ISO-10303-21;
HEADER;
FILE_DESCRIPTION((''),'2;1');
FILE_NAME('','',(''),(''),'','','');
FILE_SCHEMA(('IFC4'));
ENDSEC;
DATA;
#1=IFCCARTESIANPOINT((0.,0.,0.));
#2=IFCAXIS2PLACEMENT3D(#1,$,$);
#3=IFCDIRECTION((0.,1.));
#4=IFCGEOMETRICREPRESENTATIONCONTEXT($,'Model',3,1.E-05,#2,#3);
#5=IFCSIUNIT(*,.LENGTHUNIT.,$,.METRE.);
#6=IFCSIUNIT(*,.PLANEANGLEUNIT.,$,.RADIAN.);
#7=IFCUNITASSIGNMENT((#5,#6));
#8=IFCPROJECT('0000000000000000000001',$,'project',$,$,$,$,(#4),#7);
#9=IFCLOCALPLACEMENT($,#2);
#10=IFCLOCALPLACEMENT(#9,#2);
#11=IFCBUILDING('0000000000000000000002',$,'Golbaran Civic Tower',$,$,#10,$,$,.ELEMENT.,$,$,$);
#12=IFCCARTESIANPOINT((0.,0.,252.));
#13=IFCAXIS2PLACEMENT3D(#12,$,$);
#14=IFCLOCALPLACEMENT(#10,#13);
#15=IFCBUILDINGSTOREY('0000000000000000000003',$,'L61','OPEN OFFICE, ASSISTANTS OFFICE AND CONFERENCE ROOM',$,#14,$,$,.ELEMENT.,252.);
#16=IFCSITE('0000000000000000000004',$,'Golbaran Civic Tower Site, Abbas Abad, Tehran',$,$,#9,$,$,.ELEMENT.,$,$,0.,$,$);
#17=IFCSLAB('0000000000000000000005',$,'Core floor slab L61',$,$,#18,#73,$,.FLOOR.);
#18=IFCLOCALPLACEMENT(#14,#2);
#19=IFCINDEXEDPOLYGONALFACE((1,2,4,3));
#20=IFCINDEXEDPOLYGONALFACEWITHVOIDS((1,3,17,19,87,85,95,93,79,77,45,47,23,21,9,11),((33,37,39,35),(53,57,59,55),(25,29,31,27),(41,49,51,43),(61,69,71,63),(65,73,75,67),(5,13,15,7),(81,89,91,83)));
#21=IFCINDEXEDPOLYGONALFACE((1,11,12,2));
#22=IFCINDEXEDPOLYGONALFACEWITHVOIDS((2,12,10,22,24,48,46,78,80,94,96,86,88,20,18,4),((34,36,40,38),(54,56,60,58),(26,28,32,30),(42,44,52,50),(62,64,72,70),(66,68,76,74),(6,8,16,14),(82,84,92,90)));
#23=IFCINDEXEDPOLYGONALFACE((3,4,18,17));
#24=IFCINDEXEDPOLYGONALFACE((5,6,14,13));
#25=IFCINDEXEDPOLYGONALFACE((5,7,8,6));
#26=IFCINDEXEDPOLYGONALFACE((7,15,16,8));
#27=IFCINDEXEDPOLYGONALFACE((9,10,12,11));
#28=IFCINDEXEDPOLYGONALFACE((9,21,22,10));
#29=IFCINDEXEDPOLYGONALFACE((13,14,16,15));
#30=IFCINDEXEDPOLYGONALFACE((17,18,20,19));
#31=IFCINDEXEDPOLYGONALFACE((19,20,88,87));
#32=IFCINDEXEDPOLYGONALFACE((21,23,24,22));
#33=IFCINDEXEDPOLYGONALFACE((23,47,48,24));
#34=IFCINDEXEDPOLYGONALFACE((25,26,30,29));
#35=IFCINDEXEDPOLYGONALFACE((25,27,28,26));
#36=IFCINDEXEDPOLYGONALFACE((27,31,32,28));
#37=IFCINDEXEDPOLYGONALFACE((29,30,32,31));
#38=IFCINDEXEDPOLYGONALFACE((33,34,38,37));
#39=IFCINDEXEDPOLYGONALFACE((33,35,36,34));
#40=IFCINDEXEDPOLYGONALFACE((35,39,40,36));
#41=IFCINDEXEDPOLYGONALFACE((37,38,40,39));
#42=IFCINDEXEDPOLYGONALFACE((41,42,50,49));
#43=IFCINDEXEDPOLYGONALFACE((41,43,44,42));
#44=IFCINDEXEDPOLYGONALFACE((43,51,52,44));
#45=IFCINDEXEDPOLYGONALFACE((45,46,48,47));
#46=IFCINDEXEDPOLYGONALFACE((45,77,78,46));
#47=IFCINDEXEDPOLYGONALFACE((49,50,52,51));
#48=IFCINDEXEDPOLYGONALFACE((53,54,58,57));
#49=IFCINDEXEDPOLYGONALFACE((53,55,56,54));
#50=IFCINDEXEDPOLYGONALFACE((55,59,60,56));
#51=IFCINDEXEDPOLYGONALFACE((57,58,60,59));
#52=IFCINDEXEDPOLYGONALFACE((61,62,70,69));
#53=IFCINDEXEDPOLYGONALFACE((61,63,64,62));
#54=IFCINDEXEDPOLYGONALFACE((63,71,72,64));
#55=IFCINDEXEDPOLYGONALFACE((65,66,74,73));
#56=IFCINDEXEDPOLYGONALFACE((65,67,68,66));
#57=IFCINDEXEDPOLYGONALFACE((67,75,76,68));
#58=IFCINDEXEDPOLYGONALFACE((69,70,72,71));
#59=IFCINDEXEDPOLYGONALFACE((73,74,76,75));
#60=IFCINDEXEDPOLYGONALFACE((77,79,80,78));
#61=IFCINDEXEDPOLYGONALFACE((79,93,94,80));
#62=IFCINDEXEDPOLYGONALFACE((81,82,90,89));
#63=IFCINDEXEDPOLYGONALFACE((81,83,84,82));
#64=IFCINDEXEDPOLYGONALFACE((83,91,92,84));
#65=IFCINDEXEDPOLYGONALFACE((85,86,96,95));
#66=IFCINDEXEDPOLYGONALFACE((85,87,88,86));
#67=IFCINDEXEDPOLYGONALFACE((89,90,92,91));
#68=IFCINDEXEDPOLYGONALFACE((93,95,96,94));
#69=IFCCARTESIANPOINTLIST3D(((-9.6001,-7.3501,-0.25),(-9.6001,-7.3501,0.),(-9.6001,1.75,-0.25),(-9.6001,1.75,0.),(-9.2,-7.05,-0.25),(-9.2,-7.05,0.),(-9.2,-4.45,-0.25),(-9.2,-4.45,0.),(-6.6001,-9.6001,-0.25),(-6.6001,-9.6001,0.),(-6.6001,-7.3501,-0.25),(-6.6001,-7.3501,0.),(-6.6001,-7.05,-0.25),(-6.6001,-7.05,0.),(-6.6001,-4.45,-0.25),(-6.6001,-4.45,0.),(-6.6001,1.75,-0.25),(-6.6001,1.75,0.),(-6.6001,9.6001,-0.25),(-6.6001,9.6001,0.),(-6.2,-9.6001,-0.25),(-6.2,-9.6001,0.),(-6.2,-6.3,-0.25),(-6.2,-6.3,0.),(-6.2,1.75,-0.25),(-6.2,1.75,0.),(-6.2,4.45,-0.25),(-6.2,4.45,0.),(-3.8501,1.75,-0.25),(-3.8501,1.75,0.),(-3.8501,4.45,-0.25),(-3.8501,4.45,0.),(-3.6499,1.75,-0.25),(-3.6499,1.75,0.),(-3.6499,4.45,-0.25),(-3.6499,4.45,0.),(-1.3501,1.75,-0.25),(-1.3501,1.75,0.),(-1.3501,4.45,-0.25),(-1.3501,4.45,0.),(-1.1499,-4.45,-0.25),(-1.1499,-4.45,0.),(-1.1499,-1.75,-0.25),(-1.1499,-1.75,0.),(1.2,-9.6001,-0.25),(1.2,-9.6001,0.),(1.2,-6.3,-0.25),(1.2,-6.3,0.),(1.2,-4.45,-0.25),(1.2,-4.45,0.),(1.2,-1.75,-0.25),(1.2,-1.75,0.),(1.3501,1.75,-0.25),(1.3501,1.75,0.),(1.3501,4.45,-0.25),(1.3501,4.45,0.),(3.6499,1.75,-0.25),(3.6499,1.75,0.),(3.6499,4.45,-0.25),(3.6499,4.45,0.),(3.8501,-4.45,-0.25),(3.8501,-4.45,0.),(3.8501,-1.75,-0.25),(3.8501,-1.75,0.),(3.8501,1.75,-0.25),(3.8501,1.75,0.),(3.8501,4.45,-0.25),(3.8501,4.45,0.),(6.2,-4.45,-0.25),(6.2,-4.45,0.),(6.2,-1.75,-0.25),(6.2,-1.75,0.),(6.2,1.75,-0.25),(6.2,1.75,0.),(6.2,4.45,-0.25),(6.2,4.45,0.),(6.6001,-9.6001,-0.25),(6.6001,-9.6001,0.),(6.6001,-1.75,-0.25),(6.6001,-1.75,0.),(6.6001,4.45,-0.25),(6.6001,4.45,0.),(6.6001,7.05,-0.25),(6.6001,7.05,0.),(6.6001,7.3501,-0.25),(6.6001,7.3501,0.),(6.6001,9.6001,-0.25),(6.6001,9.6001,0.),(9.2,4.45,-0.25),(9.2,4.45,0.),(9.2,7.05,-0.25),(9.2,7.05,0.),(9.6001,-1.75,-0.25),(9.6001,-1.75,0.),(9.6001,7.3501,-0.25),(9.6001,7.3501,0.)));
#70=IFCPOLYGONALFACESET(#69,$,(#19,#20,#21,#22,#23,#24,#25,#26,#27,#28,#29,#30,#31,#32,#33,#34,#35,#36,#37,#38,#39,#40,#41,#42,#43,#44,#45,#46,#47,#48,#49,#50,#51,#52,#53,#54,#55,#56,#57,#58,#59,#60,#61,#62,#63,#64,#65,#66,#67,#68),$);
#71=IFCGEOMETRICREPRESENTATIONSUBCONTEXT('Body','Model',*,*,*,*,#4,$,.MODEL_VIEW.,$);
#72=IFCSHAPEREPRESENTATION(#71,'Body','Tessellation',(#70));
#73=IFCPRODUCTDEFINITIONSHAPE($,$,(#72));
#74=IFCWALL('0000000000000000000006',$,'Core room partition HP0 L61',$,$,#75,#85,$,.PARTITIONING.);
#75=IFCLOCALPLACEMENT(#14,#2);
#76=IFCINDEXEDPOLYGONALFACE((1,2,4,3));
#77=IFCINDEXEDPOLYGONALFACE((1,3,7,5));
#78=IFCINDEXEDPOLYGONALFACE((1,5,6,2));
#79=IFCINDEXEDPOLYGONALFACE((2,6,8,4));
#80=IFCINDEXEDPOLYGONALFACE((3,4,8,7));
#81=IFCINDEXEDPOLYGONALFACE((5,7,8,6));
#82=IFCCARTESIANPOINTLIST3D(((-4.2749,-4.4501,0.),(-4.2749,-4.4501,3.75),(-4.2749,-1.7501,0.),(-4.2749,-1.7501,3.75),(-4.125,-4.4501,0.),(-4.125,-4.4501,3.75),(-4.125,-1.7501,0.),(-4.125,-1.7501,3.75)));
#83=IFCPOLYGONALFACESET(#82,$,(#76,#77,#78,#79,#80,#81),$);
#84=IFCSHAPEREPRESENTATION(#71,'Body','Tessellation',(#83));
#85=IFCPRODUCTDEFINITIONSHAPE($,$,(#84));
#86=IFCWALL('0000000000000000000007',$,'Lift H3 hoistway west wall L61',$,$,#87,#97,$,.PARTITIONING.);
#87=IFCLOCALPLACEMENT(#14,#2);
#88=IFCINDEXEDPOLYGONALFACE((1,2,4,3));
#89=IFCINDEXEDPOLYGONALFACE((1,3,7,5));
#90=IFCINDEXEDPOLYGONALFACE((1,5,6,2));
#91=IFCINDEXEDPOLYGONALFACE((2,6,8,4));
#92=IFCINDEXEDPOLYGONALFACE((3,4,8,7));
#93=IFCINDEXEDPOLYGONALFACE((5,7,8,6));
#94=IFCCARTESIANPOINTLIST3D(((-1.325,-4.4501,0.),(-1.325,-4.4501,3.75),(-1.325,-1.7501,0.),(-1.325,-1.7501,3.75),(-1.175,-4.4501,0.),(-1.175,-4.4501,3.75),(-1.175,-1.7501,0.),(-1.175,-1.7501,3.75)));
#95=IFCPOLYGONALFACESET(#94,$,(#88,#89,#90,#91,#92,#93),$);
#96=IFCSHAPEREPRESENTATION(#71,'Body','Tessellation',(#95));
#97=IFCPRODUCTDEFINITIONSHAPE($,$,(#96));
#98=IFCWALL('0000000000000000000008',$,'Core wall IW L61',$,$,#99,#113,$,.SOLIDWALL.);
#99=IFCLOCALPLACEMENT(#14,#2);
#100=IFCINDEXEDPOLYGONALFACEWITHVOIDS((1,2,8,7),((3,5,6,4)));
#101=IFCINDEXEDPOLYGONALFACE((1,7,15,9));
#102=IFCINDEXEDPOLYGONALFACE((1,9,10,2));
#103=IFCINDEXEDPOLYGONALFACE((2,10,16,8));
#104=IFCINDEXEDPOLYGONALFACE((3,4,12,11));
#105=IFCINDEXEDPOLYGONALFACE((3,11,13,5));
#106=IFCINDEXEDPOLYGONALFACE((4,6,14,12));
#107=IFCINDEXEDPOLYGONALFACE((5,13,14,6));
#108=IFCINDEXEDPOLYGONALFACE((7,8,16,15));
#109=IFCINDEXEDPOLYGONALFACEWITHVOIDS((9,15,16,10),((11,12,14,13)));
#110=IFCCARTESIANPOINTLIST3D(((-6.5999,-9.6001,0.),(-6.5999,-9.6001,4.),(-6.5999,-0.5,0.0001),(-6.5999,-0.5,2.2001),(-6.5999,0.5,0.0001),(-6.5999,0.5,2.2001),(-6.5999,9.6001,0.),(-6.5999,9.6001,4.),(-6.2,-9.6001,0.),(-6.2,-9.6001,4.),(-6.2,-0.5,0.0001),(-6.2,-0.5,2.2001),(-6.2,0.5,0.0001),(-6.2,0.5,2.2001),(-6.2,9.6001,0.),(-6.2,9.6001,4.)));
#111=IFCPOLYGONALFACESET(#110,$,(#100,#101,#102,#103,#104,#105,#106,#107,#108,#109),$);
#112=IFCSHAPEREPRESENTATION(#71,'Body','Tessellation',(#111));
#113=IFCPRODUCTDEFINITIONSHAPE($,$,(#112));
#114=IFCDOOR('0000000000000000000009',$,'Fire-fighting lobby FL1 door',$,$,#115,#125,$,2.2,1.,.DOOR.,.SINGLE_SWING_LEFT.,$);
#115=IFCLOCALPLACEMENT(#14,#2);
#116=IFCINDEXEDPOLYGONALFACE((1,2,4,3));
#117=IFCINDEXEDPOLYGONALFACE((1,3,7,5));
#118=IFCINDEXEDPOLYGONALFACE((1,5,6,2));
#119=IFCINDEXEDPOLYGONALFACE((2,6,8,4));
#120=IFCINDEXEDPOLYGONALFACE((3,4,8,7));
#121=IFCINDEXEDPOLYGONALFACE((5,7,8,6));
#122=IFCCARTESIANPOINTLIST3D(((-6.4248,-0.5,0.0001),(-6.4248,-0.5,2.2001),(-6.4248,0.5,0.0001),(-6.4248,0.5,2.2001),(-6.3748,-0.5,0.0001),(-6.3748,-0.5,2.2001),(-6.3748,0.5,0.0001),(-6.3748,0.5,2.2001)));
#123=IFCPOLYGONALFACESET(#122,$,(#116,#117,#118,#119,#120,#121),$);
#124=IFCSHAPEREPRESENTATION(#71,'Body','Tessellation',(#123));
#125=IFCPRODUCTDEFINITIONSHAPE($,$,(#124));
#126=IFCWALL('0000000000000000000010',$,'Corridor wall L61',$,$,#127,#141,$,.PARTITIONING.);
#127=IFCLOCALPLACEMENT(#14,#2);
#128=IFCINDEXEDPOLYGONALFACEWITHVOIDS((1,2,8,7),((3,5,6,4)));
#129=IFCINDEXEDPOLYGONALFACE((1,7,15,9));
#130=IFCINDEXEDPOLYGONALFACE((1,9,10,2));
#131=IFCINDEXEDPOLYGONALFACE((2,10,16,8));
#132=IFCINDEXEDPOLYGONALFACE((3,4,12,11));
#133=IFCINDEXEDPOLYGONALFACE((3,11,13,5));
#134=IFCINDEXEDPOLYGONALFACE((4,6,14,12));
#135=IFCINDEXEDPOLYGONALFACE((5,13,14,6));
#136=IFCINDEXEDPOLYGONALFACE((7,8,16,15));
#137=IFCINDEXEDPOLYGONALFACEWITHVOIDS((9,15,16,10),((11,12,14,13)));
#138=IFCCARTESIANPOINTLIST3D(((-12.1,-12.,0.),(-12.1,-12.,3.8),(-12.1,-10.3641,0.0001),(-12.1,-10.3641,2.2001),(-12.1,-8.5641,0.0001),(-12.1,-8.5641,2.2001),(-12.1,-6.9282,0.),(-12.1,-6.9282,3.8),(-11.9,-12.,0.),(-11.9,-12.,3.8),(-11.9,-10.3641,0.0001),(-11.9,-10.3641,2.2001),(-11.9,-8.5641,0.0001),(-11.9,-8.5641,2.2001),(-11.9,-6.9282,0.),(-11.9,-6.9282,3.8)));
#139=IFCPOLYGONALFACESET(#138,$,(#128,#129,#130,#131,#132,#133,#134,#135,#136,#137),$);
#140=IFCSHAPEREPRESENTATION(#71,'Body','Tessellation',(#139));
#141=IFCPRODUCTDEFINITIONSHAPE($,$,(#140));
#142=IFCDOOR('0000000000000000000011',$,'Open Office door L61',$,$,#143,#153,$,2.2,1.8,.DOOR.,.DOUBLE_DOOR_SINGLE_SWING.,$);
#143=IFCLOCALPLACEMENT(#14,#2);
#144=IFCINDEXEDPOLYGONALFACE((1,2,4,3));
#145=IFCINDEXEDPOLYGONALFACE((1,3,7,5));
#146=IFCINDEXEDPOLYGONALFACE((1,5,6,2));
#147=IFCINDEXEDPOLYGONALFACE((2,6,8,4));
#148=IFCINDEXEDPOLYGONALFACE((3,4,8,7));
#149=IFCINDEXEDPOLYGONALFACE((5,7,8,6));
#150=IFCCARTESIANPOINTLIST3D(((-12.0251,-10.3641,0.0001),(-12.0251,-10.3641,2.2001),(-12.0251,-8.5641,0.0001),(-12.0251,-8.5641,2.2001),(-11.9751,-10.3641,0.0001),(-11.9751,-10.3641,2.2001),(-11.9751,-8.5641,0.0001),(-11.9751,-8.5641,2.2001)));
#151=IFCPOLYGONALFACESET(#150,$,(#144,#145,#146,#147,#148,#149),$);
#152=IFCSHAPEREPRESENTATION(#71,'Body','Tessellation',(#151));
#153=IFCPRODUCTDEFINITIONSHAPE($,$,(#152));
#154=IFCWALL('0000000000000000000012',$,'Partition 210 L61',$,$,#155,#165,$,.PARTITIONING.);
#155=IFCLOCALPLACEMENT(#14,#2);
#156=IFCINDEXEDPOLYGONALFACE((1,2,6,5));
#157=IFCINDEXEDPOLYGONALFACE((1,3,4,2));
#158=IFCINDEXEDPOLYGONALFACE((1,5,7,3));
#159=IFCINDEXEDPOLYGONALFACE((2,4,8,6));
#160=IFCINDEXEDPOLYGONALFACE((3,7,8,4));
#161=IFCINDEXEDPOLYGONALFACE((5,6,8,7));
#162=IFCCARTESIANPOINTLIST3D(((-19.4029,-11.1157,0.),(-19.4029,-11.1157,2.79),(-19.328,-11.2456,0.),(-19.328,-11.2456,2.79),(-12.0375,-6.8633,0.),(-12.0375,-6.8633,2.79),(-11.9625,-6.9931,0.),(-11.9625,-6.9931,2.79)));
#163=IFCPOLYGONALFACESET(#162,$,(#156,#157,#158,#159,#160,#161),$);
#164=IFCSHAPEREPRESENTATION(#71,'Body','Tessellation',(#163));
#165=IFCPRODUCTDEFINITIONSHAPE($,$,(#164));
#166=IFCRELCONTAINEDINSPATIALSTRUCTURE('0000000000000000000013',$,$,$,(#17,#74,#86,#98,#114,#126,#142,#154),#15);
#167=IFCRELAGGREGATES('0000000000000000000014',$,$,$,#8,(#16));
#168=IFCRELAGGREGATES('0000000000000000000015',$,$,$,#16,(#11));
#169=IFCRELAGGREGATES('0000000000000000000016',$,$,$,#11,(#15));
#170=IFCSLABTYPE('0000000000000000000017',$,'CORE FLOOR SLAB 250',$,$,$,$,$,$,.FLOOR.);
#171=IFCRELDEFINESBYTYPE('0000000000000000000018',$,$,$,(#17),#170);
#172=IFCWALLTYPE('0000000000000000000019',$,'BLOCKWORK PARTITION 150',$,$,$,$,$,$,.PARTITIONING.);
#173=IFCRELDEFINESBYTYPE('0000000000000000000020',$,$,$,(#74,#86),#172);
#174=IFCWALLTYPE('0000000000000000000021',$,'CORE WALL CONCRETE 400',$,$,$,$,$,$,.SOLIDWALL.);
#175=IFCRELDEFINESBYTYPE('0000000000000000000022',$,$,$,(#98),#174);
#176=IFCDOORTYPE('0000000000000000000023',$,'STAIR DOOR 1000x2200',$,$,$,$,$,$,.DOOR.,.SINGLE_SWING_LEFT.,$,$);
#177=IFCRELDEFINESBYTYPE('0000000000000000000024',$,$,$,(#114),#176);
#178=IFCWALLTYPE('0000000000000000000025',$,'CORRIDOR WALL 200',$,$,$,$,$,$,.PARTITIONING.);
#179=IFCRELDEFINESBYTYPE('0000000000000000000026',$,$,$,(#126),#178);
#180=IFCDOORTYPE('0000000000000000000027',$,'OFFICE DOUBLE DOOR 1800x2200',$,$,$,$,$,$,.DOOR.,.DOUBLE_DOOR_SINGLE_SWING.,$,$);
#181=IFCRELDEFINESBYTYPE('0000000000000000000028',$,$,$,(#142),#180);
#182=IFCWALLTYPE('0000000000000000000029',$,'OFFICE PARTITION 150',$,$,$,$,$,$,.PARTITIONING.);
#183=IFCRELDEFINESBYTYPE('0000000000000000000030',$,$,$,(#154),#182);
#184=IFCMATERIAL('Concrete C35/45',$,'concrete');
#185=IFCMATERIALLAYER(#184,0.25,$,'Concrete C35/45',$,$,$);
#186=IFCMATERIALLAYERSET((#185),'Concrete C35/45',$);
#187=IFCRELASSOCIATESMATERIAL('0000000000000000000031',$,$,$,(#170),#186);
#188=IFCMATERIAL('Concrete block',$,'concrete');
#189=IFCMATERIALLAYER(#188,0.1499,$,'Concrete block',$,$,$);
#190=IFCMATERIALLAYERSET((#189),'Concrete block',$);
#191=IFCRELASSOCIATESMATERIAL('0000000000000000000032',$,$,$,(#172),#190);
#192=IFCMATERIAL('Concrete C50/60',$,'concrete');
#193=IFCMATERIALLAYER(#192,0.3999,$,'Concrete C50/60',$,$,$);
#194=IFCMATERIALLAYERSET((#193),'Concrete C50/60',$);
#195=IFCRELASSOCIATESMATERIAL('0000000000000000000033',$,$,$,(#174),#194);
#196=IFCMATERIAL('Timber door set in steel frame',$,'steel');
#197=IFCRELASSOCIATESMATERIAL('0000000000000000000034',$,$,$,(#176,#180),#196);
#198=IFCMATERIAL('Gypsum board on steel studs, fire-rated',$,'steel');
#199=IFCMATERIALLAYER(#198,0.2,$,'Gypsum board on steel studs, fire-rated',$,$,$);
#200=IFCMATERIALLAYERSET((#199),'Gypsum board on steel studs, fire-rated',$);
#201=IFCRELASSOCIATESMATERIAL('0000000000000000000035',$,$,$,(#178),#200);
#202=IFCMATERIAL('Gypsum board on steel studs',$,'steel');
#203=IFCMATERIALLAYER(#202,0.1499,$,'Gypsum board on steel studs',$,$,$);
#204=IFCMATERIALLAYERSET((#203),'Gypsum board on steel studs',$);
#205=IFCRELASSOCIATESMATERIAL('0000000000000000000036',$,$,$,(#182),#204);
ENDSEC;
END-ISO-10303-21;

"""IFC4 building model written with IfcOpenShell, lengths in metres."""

from ifc_helpers import new_model, si_unit, direction, frame, frame_2d, origin, place, context, subcontext, project, spatial, polyline, rectangle, outline, extrude, material, layer, layer_set, type_object, element, fill, save


model = new_model("IFC4")

# Units and contexts
model_context = context("Model", 3, precision=1e-05, world=origin(), true_north=direction((0.0, 1.0)))
body_context = subcontext(model_context, "Body", "Model", "MODEL_VIEW")
ifc_project = project(units=[si_unit("LENGTHUNIT", "METRE"), si_unit("PLANEANGLEUNIT", "RADIAN")], contexts=[model_context])

# Site, building, storey
site_placement = place(None, origin())
site = spatial("IfcSite", under=ifc_project, at=site_placement, Name="Golbaran Civic Tower Site, Abbas Abad, Tehran", CompositionType="ELEMENT", RefElevation=0.0)
building_placement = place(site_placement, origin())
building = spatial("IfcBuilding", under=site, at=building_placement, Name="Golbaran Civic Tower", CompositionType="ELEMENT")
storey_placement = place(building_placement, frame((0.0, 0.0, 252.0)))
storey = spatial("IfcBuildingStorey", under=building, at=storey_placement, Name="L61", Description="OPEN OFFICE, ASSISTANTS OFFICE AND CONFERENCE ROOM", CompositionType="ELEMENT", Elevation=252.0)

# Slab
ifc_material_1 = material(Name="Concrete C35/45", Category="concrete")
ifc_layer_1 = layer(ifc_material_1, 0.25, Name="Concrete C35/45")
ifc_layer_set_1 = layer_set([ifc_layer_1], Name="Concrete C35/45")
slab_type_1 = type_object("IfcSlabType", Name="CORE FLOOR SLAB 250", PredefinedType="FLOOR", material=ifc_layer_set_1)
slab_1_placement = place(storey_placement, frame((0.0, 0.0, -0.25)))
element("IfcSlab", 1, at=slab_1_placement, inside=storey, type_object=slab_type_1, Name="Core floor slab L61", PredefinedType="FLOOR", context=body_context, shape_type="SweptSolid", body=[
    extrude(outline(polyline([(6.6001, -1.75), (6.6001, -9.6001), (1.2, -9.6001), (1.2, -6.3), (-6.2, -6.3), (-6.2, -9.6001), (-6.6001, -9.6001), (-6.6001, -7.3501), (-9.6001, -7.3501), (-9.6001, 1.75), (-6.6001, 1.75), (-6.6001, 9.6001), (6.6001, 9.6001), (6.6001, 7.3501), (9.6001, 7.3501), (9.6001, -1.75), (6.6001, -1.75)]), holes=[polyline([(9.2, 7.05), (6.6001, 7.05), (6.6001, 4.45), (9.2, 4.45), (9.2, 7.05)]), polyline([(6.2, -1.75), (3.8501, -1.75), (3.8501, -4.45), (6.2, -4.45), (6.2, -1.75)]), polyline([(6.2, 4.45), (3.8501, 4.45), (3.8501, 1.75), (6.2, 1.75), (6.2, 4.45)]), polyline([(3.6499, 4.45), (1.3501, 4.45), (1.3501, 1.75), (3.6499, 1.75), (3.6499, 4.45)]), polyline([(-1.1499, -1.75), (-1.1499, -4.45), (1.2, -4.45), (1.2, -1.75), (-1.1499, -1.75)]), polyline([(-1.3501, 4.45), (-3.6499, 4.45), (-3.6499, 1.75), (-1.3501, 1.75), (-1.3501, 4.45)]), polyline([(-3.8501, 4.45), (-6.2, 4.45), (-6.2, 1.75), (-3.8501, 1.75), (-3.8501, 4.45)]), polyline([(-6.6001, -4.45), (-9.2, -4.45), (-9.2, -7.05), (-6.6001, -7.05), (-6.6001, -4.45)])]), origin(), (0.0, 0.0, 1.0), 0.25),
])

# Walls
ifc_material_2 = material(Name="Concrete block", Category="concrete")
ifc_layer_2 = layer(ifc_material_2, 0.1499, Name="Concrete block")
ifc_layer_set_2 = layer_set([ifc_layer_2], Name="Concrete block")
wall_type_1 = type_object("IfcWallType", Name="BLOCKWORK PARTITION 150", PredefinedType="PARTITIONING", material=ifc_layer_set_2)
for number, where, z_axis, x_axis, name in (
    (2, (-4.2, -1.75, 0.0), (0.0, 0.0, 1.0), (0.0, -1.0, 0.0), "Core room partition HP0 L61"),
    (3, (-1.25, -1.75, 0.0), (0.0, 0.0, 1.0), (0.0, -1.0, 0.0), "Lift H3 hoistway west wall L61"),
):
    element("IfcWall", number, at=place(storey_placement, frame(where, z_axis=z_axis, x_axis=x_axis)), inside=storey, type_object=wall_type_1, Name=name, PredefinedType="PARTITIONING", context=body_context, shape_type="SweptSolid", body=[
        extrude(rectangle(XDim=2.7, YDim=0.1499, at=frame_2d((1.3501, 0.0))), origin(), (0.0, 0.0, 1.0), 3.75),
    ])

# Walls, openings, doors
ifc_material_3 = material(Name="Concrete C50/60", Category="concrete")
ifc_layer_3 = layer(ifc_material_3, 0.3999, Name="Concrete C50/60")
ifc_layer_set_3 = layer_set([ifc_layer_3], Name="Concrete C50/60")
wall_type_2 = type_object("IfcWallType", Name="CORE WALL CONCRETE 400", PredefinedType="SOLIDWALL", material=ifc_layer_set_3)
wall_1_placement = place(storey_placement, frame((-6.3999, -9.6001, 0.0), z_axis=(0.0, 0.0, 1.0), x_axis=(0.0, 1.0, 0.0)))
wall_1 = element("IfcWall", 4, at=wall_1_placement, inside=storey, type_object=wall_type_2, Name="Core wall IW L61", PredefinedType="SOLIDWALL", context=body_context, shape_type="SweptSolid", body=[
    extrude(rectangle(XDim=19.2002, YDim=0.3999, at=frame_2d((9.6001, 0.0))), origin(), (0.0, 0.0, 1.0), 4.0),
])
opening_1_placement = place(wall_1_placement, frame((9.1001, 0.0, 0.0)))
opening_1 = element("IfcOpeningElement", 5, at=opening_1_placement, cuts=wall_1, PredefinedType="OPENING", context=body_context, shape_type="SweptSolid", body=[
    extrude(rectangle(XDim=1.0, YDim=2.2, at=frame_2d((0.5, 1.1001))), frame((0.0, 0.21, 0.0), z_axis=(0.0, -1.0, 0.0), x_axis=(1.0, 0.0, 0.0)), (0.0, 0.0, 1.0), 0.4199),
])
ifc_material_4 = material(Name="Timber door set in steel frame", Category="steel")
door_type_1 = type_object("IfcDoorType", Name="STAIR DOOR 1000x2200", OperationType="SINGLE_SWING_LEFT", PredefinedType="DOOR", material=ifc_material_4)
door_1_placement = place(opening_1_placement, origin())
door_1 = element("IfcDoor", 6, at=door_1_placement, inside=storey, type_object=door_type_1, Name="Fire-fighting lobby FL1 door", OperationType="SINGLE_SWING_LEFT", OverallHeight=2.2, OverallWidth=1.0, PredefinedType="DOOR", context=body_context, shape_type="SweptSolid", body=[
    extrude(rectangle(XDim=1.0, YDim=2.2, at=frame_2d((0.5, 1.1001))), frame((0.0, 0.0249, 0.0), z_axis=(0.0, -1.0, 0.0), x_axis=(1.0, 0.0, 0.0)), (0.0, 0.0, 1.0), 0.05),
])
fill(opening_1, door_1)
ifc_material_5 = material(Name="Gypsum board on steel studs, fire-rated", Category="steel")
ifc_layer_4 = layer(ifc_material_5, 0.2, Name="Gypsum board on steel studs, fire-rated")
ifc_layer_set_4 = layer_set([ifc_layer_4], Name="Gypsum board on steel studs, fire-rated")
wall_type_3 = type_object("IfcWallType", Name="CORRIDOR WALL 200", PredefinedType="PARTITIONING", material=ifc_layer_set_4)
wall_2_placement = place(storey_placement, frame((-12.0, -6.9282, 0.0), z_axis=(0.0, 0.0, 1.0), x_axis=(0.0, -1.0, 0.0)))
wall_2 = element("IfcWall", 7, at=wall_2_placement, inside=storey, type_object=wall_type_3, Name="Corridor wall L61", PredefinedType="PARTITIONING", context=body_context, shape_type="SweptSolid", body=[
    extrude(rectangle(XDim=5.0718, YDim=0.2, at=frame_2d((2.5359, 0.0))), origin(), (0.0, 0.0, 1.0), 3.8),
])
opening_2_placement = place(wall_2_placement, frame((1.636, 0.0, 0.0)))
opening_2 = element("IfcOpeningElement", 8, at=opening_2_placement, cuts=wall_2, PredefinedType="OPENING", context=body_context, shape_type="SweptSolid", body=[
    extrude(rectangle(XDim=1.8, YDim=2.2, at=frame_2d((0.8999, 1.1001))), frame((0.0, 0.1099, 0.0), z_axis=(0.0, -1.0, 0.0), x_axis=(1.0, 0.0, 0.0)), (0.0, 0.0, 1.0), 0.22),
])
door_type_2 = type_object("IfcDoorType", Name="OFFICE DOUBLE DOOR 1800x2200", OperationType="DOUBLE_DOOR_SINGLE_SWING", PredefinedType="DOOR", material=ifc_material_4)
door_2_placement = place(opening_2_placement, origin())
door_2 = element("IfcDoor", 9, at=door_2_placement, inside=storey, type_object=door_type_2, Name="Open Office door L61", OperationType="DOUBLE_DOOR_SINGLE_SWING", OverallHeight=2.2, OverallWidth=1.8, PredefinedType="DOOR", context=body_context, shape_type="SweptSolid", body=[
    extrude(rectangle(XDim=1.8, YDim=2.2, at=frame_2d((0.8999, 1.1001))), frame((0.0, 0.0249, 0.0), z_axis=(0.0, -1.0, 0.0), x_axis=(1.0, 0.0, 0.0)), (0.0, 0.0, 1.0), 0.05),
])
fill(opening_2, door_2)

# Wall
ifc_material_6 = material(Name="Gypsum board on steel studs", Category="steel")
ifc_layer_5 = layer(ifc_material_6, 0.1499, Name="Gypsum board on steel studs")
ifc_layer_set_5 = layer_set([ifc_layer_5], Name="Gypsum board on steel studs")
wall_type_4 = type_object("IfcWallType", Name="OFFICE PARTITION 150", PredefinedType="PARTITIONING", material=ifc_layer_set_5)
wall_3_placement = place(storey_placement, frame((-12.0, -6.9282, 0.0), z_axis=(0.0, 0.0, 1.0), x_axis=(-0.866026, -0.499998, 0.0)))
element("IfcWall", 10, at=wall_3_placement, inside=storey, type_object=wall_type_4, Name="Partition 210 L61", PredefinedType="PARTITIONING", context=body_context, shape_type="SweptSolid", body=[
    extrude(rectangle(XDim=8.5049, YDim=0.1499, at=frame_2d((4.2524, 0.0))), origin(), (0.0, 0.0, 1.0), 2.79),
])

save(model, "model.ifc")
